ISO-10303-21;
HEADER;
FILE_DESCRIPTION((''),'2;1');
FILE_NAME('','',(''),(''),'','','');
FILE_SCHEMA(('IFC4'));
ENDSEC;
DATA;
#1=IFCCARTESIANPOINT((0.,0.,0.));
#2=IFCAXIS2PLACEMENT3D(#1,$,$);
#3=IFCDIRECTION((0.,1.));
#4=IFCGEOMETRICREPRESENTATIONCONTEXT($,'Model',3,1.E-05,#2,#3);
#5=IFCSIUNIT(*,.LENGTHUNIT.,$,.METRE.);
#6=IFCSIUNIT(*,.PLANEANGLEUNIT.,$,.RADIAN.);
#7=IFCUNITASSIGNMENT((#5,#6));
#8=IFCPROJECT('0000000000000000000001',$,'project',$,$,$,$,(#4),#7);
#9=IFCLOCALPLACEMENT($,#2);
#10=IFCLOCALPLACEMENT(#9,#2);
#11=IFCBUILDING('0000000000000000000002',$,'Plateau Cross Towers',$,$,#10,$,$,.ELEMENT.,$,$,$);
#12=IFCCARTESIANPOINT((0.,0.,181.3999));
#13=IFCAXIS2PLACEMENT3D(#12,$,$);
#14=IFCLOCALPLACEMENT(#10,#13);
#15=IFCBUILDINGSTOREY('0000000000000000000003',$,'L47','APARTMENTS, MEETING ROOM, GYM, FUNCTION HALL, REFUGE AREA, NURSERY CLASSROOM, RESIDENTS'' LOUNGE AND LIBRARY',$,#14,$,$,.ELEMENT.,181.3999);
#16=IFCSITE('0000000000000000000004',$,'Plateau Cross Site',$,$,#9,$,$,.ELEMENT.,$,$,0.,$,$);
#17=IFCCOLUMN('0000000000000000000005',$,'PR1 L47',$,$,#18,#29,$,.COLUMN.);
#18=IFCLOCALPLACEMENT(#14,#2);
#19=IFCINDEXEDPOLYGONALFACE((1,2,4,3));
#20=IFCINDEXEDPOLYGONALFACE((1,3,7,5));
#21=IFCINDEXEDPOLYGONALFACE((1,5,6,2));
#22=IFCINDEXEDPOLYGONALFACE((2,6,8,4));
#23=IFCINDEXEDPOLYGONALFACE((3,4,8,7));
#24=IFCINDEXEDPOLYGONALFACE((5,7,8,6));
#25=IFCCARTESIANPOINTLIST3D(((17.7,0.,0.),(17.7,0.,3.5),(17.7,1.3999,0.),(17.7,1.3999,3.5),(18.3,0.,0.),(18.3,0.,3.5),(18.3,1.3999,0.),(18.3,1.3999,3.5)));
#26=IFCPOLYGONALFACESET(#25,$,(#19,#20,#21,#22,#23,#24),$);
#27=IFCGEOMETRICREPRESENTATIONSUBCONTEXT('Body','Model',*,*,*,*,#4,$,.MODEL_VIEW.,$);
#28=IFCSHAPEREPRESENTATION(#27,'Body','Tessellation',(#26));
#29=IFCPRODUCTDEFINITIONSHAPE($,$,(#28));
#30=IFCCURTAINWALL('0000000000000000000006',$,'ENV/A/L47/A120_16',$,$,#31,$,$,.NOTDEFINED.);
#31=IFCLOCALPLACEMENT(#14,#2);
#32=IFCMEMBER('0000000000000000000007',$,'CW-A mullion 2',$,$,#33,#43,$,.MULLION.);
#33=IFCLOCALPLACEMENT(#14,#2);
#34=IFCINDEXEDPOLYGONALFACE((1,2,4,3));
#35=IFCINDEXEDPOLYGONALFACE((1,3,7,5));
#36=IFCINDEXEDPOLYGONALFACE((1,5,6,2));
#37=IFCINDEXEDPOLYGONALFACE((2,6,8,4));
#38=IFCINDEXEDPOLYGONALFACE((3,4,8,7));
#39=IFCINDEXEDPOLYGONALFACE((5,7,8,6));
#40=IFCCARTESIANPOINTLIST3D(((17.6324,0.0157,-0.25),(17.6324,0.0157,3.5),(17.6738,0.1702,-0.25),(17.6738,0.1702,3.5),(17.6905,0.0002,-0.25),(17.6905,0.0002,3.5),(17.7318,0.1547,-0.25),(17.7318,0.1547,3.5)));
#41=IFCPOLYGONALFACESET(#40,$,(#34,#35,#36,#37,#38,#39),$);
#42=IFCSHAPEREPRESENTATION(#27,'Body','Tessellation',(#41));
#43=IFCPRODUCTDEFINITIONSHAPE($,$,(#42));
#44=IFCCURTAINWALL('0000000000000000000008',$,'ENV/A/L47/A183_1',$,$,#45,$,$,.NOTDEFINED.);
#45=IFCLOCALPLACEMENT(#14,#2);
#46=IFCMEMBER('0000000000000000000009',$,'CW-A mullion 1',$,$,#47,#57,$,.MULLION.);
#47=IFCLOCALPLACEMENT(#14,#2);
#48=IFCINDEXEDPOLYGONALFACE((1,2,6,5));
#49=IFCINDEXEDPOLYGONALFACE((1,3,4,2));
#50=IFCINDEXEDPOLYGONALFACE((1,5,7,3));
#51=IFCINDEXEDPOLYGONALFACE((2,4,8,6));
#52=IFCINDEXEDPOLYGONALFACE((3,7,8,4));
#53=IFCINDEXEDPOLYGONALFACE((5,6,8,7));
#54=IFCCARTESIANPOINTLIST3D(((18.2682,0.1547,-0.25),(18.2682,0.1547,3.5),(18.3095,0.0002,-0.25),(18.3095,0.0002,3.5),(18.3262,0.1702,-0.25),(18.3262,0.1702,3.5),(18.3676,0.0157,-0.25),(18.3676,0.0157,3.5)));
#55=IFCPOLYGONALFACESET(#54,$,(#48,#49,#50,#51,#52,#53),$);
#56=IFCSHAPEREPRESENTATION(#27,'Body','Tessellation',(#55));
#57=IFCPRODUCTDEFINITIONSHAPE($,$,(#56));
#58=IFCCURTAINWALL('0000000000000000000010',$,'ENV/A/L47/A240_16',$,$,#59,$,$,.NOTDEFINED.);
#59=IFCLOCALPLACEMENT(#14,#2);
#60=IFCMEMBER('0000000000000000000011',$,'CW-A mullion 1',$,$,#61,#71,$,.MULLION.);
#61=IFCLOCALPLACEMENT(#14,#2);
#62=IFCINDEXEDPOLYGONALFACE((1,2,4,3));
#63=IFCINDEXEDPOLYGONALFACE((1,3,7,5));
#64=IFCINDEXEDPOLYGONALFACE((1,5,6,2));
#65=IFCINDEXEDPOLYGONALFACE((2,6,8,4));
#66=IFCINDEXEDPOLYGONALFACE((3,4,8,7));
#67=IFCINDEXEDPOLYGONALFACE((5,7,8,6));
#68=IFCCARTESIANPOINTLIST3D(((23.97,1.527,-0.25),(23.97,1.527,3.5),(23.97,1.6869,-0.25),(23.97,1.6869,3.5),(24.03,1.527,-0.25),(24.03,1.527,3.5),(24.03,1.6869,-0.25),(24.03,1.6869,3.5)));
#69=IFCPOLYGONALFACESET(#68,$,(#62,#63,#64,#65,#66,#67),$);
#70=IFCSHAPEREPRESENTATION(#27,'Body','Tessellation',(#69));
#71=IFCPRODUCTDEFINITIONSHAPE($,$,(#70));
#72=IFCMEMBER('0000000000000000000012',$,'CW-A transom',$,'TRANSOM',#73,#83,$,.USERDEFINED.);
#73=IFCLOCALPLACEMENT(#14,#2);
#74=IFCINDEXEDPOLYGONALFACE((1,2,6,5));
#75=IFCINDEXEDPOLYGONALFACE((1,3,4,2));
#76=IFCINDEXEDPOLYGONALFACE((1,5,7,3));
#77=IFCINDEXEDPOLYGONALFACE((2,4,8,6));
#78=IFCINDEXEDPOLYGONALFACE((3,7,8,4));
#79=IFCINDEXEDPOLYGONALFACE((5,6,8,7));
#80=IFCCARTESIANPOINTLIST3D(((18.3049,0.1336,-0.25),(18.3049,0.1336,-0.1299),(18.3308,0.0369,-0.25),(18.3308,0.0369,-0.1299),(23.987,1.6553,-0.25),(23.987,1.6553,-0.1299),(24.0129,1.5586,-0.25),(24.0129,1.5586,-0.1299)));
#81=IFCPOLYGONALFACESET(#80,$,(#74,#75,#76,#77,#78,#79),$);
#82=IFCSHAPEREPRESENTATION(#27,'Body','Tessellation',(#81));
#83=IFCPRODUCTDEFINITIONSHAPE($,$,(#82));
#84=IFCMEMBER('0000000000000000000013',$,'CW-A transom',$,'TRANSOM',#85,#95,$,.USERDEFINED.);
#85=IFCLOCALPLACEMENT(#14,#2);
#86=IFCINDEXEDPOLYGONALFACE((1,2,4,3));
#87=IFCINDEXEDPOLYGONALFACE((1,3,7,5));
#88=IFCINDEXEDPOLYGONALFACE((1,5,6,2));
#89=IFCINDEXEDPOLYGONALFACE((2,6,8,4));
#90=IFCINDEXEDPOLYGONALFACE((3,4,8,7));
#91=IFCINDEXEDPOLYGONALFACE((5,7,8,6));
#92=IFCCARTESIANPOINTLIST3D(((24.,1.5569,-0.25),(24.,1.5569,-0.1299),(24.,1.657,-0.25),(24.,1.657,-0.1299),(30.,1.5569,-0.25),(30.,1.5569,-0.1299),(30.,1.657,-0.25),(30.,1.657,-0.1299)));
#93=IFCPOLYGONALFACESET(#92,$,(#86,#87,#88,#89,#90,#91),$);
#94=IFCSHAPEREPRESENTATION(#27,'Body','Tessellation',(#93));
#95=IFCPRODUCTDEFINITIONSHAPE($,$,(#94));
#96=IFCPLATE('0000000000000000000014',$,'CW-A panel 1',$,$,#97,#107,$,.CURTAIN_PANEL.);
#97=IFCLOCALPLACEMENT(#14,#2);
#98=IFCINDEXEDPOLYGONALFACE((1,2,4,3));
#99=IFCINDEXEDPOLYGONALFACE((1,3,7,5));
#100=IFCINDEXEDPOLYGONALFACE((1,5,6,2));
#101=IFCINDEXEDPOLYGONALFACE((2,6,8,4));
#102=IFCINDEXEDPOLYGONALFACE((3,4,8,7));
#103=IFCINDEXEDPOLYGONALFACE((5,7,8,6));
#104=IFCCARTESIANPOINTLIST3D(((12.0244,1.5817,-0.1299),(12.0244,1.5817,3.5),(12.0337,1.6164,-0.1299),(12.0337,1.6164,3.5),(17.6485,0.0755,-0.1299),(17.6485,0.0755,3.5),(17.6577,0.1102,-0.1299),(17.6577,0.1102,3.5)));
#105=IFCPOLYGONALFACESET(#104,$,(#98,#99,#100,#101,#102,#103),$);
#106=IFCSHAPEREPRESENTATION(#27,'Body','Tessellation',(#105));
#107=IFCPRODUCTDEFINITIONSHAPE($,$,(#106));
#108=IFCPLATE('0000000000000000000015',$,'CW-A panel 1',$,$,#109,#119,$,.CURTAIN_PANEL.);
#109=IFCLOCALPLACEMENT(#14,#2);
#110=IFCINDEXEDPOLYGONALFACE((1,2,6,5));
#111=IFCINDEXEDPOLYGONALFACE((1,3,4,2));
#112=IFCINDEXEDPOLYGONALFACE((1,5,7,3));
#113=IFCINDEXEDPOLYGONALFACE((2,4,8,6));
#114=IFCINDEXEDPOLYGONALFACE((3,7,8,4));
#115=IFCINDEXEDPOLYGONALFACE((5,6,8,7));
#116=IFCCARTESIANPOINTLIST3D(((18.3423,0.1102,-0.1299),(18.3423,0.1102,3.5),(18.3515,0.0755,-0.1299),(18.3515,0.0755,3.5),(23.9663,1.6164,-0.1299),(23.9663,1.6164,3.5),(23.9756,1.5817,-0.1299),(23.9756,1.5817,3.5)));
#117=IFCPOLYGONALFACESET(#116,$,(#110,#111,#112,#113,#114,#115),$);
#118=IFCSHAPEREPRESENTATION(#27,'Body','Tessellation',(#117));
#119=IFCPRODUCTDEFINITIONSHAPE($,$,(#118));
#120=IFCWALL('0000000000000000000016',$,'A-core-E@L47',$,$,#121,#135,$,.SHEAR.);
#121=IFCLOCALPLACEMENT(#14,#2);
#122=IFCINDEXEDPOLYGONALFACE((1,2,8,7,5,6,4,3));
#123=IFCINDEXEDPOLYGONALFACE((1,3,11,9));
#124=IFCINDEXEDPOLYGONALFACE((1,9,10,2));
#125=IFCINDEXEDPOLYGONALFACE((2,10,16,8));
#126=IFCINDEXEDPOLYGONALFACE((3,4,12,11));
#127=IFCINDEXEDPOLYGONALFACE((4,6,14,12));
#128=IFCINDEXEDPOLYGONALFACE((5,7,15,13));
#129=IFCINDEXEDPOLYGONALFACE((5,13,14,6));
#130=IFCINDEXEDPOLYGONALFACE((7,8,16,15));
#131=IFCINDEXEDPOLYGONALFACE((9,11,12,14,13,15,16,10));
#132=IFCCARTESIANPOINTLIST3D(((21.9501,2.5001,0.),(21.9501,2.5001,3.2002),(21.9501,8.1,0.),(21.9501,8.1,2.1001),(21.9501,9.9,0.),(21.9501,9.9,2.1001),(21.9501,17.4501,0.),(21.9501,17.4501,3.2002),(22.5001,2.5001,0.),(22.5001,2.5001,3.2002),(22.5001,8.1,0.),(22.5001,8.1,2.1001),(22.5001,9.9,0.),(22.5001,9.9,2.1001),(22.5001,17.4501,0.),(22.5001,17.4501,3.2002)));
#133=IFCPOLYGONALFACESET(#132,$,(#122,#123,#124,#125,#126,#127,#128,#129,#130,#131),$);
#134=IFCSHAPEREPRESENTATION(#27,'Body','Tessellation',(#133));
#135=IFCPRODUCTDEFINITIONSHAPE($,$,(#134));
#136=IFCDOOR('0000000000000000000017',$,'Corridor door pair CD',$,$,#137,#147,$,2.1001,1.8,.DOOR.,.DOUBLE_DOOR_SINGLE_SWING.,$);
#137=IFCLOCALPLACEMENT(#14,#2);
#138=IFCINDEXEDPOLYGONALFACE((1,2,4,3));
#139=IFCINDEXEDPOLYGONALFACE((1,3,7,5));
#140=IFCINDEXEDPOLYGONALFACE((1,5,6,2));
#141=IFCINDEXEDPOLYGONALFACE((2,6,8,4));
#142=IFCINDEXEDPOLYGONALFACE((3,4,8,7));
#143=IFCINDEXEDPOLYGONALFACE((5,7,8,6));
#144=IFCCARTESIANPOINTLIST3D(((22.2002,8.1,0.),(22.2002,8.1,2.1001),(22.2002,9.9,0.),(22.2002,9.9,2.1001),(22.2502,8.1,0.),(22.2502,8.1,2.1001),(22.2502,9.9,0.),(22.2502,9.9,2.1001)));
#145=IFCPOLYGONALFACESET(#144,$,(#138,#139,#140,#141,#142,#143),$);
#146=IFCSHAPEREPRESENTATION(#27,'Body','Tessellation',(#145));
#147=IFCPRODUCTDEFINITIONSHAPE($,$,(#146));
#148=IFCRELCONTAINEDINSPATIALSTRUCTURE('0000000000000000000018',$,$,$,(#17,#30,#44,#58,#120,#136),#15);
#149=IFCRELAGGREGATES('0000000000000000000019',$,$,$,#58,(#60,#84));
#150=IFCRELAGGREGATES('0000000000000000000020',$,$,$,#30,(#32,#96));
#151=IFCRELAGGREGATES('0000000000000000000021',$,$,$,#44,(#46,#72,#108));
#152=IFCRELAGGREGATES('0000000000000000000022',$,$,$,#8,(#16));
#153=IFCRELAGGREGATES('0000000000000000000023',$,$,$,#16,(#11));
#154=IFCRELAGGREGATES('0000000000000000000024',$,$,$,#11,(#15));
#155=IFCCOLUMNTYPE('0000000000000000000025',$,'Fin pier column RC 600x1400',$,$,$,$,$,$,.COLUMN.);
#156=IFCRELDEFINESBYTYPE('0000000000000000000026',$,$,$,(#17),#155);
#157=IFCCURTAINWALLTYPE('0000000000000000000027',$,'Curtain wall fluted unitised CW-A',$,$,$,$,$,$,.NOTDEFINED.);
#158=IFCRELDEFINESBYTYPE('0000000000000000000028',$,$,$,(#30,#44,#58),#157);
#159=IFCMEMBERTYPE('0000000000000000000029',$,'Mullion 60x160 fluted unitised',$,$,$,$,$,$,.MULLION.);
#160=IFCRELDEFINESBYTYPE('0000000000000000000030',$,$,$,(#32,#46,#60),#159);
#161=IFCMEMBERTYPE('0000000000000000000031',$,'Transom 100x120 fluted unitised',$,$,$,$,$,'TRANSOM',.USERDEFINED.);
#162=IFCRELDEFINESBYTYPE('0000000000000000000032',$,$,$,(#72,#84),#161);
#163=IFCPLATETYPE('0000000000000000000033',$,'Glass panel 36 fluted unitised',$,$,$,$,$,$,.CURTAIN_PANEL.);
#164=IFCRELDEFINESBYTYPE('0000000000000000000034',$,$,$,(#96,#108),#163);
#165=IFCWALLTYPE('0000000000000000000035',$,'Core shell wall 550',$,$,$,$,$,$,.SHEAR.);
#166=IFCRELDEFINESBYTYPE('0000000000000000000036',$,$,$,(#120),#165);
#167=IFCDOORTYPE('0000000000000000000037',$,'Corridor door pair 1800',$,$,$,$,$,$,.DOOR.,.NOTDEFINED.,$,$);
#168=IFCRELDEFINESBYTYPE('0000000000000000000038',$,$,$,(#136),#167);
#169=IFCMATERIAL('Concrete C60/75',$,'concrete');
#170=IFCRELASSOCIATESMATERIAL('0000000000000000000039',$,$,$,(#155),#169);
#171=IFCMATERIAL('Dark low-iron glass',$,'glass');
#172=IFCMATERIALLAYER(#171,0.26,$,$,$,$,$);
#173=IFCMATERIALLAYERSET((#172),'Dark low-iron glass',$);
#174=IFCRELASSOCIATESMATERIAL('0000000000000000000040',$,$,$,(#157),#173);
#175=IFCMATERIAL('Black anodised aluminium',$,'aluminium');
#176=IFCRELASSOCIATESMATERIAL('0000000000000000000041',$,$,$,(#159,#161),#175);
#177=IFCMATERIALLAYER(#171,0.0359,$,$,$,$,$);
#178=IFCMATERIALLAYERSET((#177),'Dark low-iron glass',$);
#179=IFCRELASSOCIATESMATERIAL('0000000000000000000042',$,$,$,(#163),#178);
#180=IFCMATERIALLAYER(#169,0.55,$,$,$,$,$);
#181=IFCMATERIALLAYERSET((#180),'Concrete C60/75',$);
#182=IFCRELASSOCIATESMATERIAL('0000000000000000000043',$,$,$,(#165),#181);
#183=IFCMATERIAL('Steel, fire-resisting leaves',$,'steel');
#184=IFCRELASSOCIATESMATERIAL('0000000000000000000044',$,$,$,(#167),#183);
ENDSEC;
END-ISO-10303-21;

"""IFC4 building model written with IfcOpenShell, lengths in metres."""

from ifc_helpers import new_model, si_unit, direction, frame, frame_2d, origin, origin_2d, place, context, subcontext, project, spatial, rectangle, extrude, material, layer, layer_set, material_profile, profile_set, type_object, element, fill, aggregate, save


model = new_model("IFC4")

# Units and contexts
model_context = context("Model", 3, precision=1e-05, world=origin(), true_north=direction((0.0, 1.0)))
body_context = subcontext(model_context, "Body", "Model", "MODEL_VIEW")
ifc_project = project(units=[si_unit("LENGTHUNIT", "METRE"), si_unit("PLANEANGLEUNIT", "RADIAN")], contexts=[model_context])

# Site, building, storey
site_placement = place(None, origin())
site = spatial("IfcSite", under=ifc_project, at=site_placement, Name="Plateau Cross Site", CompositionType="ELEMENT", RefElevation=0.0)
building_placement = place(site_placement, origin())
building = spatial("IfcBuilding", under=site, at=building_placement, Name="Plateau Cross Towers", CompositionType="ELEMENT")
storey_placement = place(building_placement, frame((0.0, 0.0, 181.3999)))
storey = spatial("IfcBuildingStorey", under=building, at=storey_placement, Name="L47", Description="APARTMENTS, MEETING ROOM, GYM, FUNCTION HALL, REFUGE AREA, NURSERY CLASSROOM, RESIDENTS' LOUNGE AND LIBRARY", CompositionType="ELEMENT", Elevation=181.3999)

# Column
ifc_material_1 = material(Name="Concrete C60/75", Category="concrete")
ifc_material_profile_1 = material_profile(ifc_material_1, rectangle(XDim=0.6001, YDim=1.3999, at=origin_2d()), Name="RC 600x1400")
ifc_profile_set_1 = profile_set([ifc_material_profile_1], Name="Concrete C60/75")
column_type = type_object("IfcColumnType", Name="Fin pier column RC 600x1400", PredefinedType="COLUMN", material=ifc_profile_set_1)
column_placement = place(storey_placement, frame((18.0, 0.7, 0.0), z_axis=(0.0, 0.0, 1.0), x_axis=(1.0, 0.0, 0.0)))
element("IfcColumn", 1, at=column_placement, inside=storey, type_object=column_type, Name="PR1 L47", PredefinedType="COLUMN", context=body_context, shape_type="SweptSolid", body=[
    extrude(rectangle(XDim=0.6001, YDim=1.3999, at=origin_2d()), origin(), (0.0, 0.0, 1.0), 3.5),
])

# Curtain walls, members
ifc_material_2 = material(Name="Dark low-iron glass", Category="glass")
ifc_layer_1 = layer(ifc_material_2, 0.26)
ifc_layer_set_1 = layer_set([ifc_layer_1], Name="Dark low-iron glass")
curtain_wall_type = type_object("IfcCurtainWallType", Name="Curtain wall fluted unitised CW-A", PredefinedType="NOTDEFINED", material=ifc_layer_set_1)
curtain_wall_1_placement = place(storey_placement, origin())
curtain_wall_1 = element("IfcCurtainWall", 2, at=curtain_wall_1_placement, inside=storey, type_object=curtain_wall_type, Name="ENV/A/L47/A120_16", PredefinedType="NOTDEFINED")
ifc_material_3 = material(Name="Black anodised aluminium", Category="aluminium")
ifc_material_profile_2 = material_profile(ifc_material_3, rectangle(XDim=0.0601, YDim=0.1599, at=origin_2d()), Name="MULLION 60x160")
ifc_profile_set_2 = profile_set([ifc_material_profile_2], Name="Black anodised aluminium")
member_type_1 = type_object("IfcMemberType", Name="Mullion 60x160 fluted unitised", PredefinedType="MULLION", material=ifc_profile_set_2)
member_1_placement = place(storey_placement, frame((17.6821, 0.0852, -0.25), z_axis=(0.0, 0.0, 1.0), x_axis=(0.965958, -0.258699, 0.0)))
member_1 = element("IfcMember", 3, at=member_1_placement, type_object=member_type_1, Name="CW-A mullion 2", PredefinedType="MULLION", context=body_context, shape_type="SweptSolid", body=[
    extrude(rectangle(XDim=0.0601, YDim=0.1599, at=origin_2d()), origin(), (0.0, 0.0, 1.0), 3.75),
])
curtain_wall_2_placement = place(storey_placement, origin())
curtain_wall_2 = element("IfcCurtainWall", 4, at=curtain_wall_2_placement, inside=storey, type_object=curtain_wall_type, Name="ENV/A/L47/A183_1", PredefinedType="NOTDEFINED")
member_2_placement = place(storey_placement, frame((18.3179, 0.0852, -0.25), z_axis=(0.0, 0.0, 1.0), x_axis=(0.965958, 0.258699, 0.0)))
member_2 = element("IfcMember", 5, at=member_2_placement, type_object=member_type_1, Name="CW-A mullion 1", PredefinedType="MULLION", context=body_context, shape_type="SweptSolid", body=[
    extrude(rectangle(XDim=0.0601, YDim=0.1599, at=origin_2d()), origin(), (0.0, 0.0, 1.0), 3.75),
])
curtain_wall_3_placement = place(storey_placement, origin())
curtain_wall_3 = element("IfcCurtainWall", 6, at=curtain_wall_3_placement, inside=storey, type_object=curtain_wall_type, Name="ENV/A/L47/A240_16", PredefinedType="NOTDEFINED")
member_3_placement = place(storey_placement, frame((24.0, 1.6069, -0.25), z_axis=(0.0, 0.0, 1.0), x_axis=(1.0, 0.0, 0.0)))
member_3 = element("IfcMember", 7, at=member_3_placement, type_object=member_type_1, Name="CW-A mullion 1", PredefinedType="MULLION", context=body_context, shape_type="SweptSolid", body=[
    extrude(rectangle(XDim=0.0601, YDim=0.1599, at=origin_2d()), origin(), (0.0, 0.0, 1.0), 3.75),
])

# Members
ifc_material_profile_3 = material_profile(ifc_material_3, rectangle(XDim=0.1001, YDim=0.1201, at=origin_2d()), Name="TRANSOM 100x120")
ifc_profile_set_3 = profile_set([ifc_material_profile_3], Name="Black anodised aluminium")
member_type_2 = type_object("IfcMemberType", Name="Transom 100x120 fluted unitised", ElementType="TRANSOM", PredefinedType="USERDEFINED", material=ifc_profile_set_3)
member_4_placement = place(storey_placement, frame((18.3179, 0.0852, -0.1899), z_axis=(0.96596, 0.258693, 0.0), x_axis=(-0.258693, 0.96596, 0.0)))
member_4 = element("IfcMember", 8, at=member_4_placement, type_object=member_type_2, Name="CW-A transom", ObjectType="TRANSOM", PredefinedType="USERDEFINED", context=body_context, shape_type="SweptSolid", body=[
    extrude(rectangle(XDim=0.1001, YDim=0.1201, at=origin_2d()), origin(), (0.0, 0.0, 1.0), 5.8823),
])
member_5_placement = place(storey_placement, frame((24.0, 1.6069, -0.1899), z_axis=(1.0, 0.0, 0.0), x_axis=(0.0, 1.0, 0.0)))
member_5 = element("IfcMember", 9, at=member_5_placement, type_object=member_type_2, Name="CW-A transom", ObjectType="TRANSOM", PredefinedType="USERDEFINED", context=body_context, shape_type="SweptSolid", body=[
    extrude(rectangle(XDim=0.1001, YDim=0.1201, at=origin_2d()), origin(), (0.0, 0.0, 1.0), 6.0),
])
aggregate(curtain_wall_3, [member_3, member_5])

# Plates
ifc_layer_2 = layer(ifc_material_2, 0.0359)
ifc_layer_set_2 = layer_set([ifc_layer_2], Name="Dark low-iron glass")
plate_type = type_object("IfcPlateType", Name="Glass panel 36 fluted unitised", PredefinedType="CURTAIN_PANEL", material=ifc_layer_set_2)
plate_1_placement = place(storey_placement, frame((14.8411, 0.8459, -0.1299), z_axis=(0.0, 0.0, 1.0), x_axis=(0.965958, -0.258699, 0.0)))
plate_1 = element("IfcPlate", 10, at=plate_1_placement, type_object=plate_type, Name="CW-A panel 1", PredefinedType="CURTAIN_PANEL", context=body_context, shape_type="SweptSolid", body=[
    extrude(rectangle(XDim=5.8223, YDim=0.0359, at=origin_2d()), origin(), (0.0, 0.0, 1.0), 3.6299),
])
aggregate(curtain_wall_1, [member_1, plate_1])
plate_2_placement = place(storey_placement, frame((21.1589, 0.8459, -0.1299), z_axis=(0.0, 0.0, 1.0), x_axis=(0.965958, 0.258699, 0.0)))
plate_2 = element("IfcPlate", 11, at=plate_2_placement, type_object=plate_type, Name="CW-A panel 1", PredefinedType="CURTAIN_PANEL", context=body_context, shape_type="SweptSolid", body=[
    extrude(rectangle(XDim=5.8223, YDim=0.0359, at=origin_2d()), origin(), (0.0, 0.0, 1.0), 3.6299),
])
aggregate(curtain_wall_2, [member_2, member_4, plate_2])

# Wall, opening, door
ifc_layer_3 = layer(ifc_material_1, 0.55)
ifc_layer_set_3 = layer_set([ifc_layer_3], Name="Concrete C60/75")
wall_type = type_object("IfcWallType", Name="Core shell wall 550", PredefinedType="SHEAR", material=ifc_layer_set_3)
wall_placement = place(storey_placement, frame((22.2251, 2.5, 0.0), z_axis=(0.0, 0.0, 1.0), x_axis=(0.0, 1.0, 0.0)))
wall = element("IfcWall", 12, at=wall_placement, inside=storey, type_object=wall_type, Name="A-core-E@L47", PredefinedType="SHEAR", context=body_context, shape_type="SweptSolid", body=[
    extrude(rectangle(XDim=14.95, YDim=0.55, at=frame_2d((7.4751, 0.0))), origin(), (0.0, 0.0, 1.0), 3.2002),
])
opening_placement = place(wall_placement, frame((5.6001, 0.0, 0.0)))
opening = element("IfcOpeningElement", 13, at=opening_placement, cuts=wall, PredefinedType="OPENING", context=body_context, shape_type="SweptSolid", body=[
    extrude(rectangle(XDim=1.8, YDim=2.1001, at=frame_2d((0.8999, 1.05))), frame((0.0, 0.2849, 0.0), z_axis=(0.0, -1.0, 0.0), x_axis=(1.0, 0.0, 0.0)), (0.0, 0.0, 1.0), 0.5701),
])
ifc_material_4 = material(Name="Steel, fire-resisting leaves", Category="steel")
door_type = type_object("IfcDoorType", Name="Corridor door pair 1800", OperationType="NOTDEFINED", PredefinedType="DOOR", material=ifc_material_4)
door_placement = place(opening_placement, origin())
door = element("IfcDoor", 14, at=door_placement, inside=storey, type_object=door_type, Name="Corridor door pair CD", OperationType="DOUBLE_DOOR_SINGLE_SWING", OverallHeight=2.1001, OverallWidth=1.8, PredefinedType="DOOR", context=body_context, shape_type="SweptSolid", body=[
    extrude(rectangle(XDim=1.8, YDim=2.1001, at=frame_2d((0.8999, 1.05))), frame((0.0, 0.0249, 0.0), z_axis=(0.0, -1.0, 0.0), x_axis=(1.0, 0.0, 0.0)), (0.0, 0.0, 1.0), 0.05),
])
fill(opening, door)

save(model, "model.ifc")
